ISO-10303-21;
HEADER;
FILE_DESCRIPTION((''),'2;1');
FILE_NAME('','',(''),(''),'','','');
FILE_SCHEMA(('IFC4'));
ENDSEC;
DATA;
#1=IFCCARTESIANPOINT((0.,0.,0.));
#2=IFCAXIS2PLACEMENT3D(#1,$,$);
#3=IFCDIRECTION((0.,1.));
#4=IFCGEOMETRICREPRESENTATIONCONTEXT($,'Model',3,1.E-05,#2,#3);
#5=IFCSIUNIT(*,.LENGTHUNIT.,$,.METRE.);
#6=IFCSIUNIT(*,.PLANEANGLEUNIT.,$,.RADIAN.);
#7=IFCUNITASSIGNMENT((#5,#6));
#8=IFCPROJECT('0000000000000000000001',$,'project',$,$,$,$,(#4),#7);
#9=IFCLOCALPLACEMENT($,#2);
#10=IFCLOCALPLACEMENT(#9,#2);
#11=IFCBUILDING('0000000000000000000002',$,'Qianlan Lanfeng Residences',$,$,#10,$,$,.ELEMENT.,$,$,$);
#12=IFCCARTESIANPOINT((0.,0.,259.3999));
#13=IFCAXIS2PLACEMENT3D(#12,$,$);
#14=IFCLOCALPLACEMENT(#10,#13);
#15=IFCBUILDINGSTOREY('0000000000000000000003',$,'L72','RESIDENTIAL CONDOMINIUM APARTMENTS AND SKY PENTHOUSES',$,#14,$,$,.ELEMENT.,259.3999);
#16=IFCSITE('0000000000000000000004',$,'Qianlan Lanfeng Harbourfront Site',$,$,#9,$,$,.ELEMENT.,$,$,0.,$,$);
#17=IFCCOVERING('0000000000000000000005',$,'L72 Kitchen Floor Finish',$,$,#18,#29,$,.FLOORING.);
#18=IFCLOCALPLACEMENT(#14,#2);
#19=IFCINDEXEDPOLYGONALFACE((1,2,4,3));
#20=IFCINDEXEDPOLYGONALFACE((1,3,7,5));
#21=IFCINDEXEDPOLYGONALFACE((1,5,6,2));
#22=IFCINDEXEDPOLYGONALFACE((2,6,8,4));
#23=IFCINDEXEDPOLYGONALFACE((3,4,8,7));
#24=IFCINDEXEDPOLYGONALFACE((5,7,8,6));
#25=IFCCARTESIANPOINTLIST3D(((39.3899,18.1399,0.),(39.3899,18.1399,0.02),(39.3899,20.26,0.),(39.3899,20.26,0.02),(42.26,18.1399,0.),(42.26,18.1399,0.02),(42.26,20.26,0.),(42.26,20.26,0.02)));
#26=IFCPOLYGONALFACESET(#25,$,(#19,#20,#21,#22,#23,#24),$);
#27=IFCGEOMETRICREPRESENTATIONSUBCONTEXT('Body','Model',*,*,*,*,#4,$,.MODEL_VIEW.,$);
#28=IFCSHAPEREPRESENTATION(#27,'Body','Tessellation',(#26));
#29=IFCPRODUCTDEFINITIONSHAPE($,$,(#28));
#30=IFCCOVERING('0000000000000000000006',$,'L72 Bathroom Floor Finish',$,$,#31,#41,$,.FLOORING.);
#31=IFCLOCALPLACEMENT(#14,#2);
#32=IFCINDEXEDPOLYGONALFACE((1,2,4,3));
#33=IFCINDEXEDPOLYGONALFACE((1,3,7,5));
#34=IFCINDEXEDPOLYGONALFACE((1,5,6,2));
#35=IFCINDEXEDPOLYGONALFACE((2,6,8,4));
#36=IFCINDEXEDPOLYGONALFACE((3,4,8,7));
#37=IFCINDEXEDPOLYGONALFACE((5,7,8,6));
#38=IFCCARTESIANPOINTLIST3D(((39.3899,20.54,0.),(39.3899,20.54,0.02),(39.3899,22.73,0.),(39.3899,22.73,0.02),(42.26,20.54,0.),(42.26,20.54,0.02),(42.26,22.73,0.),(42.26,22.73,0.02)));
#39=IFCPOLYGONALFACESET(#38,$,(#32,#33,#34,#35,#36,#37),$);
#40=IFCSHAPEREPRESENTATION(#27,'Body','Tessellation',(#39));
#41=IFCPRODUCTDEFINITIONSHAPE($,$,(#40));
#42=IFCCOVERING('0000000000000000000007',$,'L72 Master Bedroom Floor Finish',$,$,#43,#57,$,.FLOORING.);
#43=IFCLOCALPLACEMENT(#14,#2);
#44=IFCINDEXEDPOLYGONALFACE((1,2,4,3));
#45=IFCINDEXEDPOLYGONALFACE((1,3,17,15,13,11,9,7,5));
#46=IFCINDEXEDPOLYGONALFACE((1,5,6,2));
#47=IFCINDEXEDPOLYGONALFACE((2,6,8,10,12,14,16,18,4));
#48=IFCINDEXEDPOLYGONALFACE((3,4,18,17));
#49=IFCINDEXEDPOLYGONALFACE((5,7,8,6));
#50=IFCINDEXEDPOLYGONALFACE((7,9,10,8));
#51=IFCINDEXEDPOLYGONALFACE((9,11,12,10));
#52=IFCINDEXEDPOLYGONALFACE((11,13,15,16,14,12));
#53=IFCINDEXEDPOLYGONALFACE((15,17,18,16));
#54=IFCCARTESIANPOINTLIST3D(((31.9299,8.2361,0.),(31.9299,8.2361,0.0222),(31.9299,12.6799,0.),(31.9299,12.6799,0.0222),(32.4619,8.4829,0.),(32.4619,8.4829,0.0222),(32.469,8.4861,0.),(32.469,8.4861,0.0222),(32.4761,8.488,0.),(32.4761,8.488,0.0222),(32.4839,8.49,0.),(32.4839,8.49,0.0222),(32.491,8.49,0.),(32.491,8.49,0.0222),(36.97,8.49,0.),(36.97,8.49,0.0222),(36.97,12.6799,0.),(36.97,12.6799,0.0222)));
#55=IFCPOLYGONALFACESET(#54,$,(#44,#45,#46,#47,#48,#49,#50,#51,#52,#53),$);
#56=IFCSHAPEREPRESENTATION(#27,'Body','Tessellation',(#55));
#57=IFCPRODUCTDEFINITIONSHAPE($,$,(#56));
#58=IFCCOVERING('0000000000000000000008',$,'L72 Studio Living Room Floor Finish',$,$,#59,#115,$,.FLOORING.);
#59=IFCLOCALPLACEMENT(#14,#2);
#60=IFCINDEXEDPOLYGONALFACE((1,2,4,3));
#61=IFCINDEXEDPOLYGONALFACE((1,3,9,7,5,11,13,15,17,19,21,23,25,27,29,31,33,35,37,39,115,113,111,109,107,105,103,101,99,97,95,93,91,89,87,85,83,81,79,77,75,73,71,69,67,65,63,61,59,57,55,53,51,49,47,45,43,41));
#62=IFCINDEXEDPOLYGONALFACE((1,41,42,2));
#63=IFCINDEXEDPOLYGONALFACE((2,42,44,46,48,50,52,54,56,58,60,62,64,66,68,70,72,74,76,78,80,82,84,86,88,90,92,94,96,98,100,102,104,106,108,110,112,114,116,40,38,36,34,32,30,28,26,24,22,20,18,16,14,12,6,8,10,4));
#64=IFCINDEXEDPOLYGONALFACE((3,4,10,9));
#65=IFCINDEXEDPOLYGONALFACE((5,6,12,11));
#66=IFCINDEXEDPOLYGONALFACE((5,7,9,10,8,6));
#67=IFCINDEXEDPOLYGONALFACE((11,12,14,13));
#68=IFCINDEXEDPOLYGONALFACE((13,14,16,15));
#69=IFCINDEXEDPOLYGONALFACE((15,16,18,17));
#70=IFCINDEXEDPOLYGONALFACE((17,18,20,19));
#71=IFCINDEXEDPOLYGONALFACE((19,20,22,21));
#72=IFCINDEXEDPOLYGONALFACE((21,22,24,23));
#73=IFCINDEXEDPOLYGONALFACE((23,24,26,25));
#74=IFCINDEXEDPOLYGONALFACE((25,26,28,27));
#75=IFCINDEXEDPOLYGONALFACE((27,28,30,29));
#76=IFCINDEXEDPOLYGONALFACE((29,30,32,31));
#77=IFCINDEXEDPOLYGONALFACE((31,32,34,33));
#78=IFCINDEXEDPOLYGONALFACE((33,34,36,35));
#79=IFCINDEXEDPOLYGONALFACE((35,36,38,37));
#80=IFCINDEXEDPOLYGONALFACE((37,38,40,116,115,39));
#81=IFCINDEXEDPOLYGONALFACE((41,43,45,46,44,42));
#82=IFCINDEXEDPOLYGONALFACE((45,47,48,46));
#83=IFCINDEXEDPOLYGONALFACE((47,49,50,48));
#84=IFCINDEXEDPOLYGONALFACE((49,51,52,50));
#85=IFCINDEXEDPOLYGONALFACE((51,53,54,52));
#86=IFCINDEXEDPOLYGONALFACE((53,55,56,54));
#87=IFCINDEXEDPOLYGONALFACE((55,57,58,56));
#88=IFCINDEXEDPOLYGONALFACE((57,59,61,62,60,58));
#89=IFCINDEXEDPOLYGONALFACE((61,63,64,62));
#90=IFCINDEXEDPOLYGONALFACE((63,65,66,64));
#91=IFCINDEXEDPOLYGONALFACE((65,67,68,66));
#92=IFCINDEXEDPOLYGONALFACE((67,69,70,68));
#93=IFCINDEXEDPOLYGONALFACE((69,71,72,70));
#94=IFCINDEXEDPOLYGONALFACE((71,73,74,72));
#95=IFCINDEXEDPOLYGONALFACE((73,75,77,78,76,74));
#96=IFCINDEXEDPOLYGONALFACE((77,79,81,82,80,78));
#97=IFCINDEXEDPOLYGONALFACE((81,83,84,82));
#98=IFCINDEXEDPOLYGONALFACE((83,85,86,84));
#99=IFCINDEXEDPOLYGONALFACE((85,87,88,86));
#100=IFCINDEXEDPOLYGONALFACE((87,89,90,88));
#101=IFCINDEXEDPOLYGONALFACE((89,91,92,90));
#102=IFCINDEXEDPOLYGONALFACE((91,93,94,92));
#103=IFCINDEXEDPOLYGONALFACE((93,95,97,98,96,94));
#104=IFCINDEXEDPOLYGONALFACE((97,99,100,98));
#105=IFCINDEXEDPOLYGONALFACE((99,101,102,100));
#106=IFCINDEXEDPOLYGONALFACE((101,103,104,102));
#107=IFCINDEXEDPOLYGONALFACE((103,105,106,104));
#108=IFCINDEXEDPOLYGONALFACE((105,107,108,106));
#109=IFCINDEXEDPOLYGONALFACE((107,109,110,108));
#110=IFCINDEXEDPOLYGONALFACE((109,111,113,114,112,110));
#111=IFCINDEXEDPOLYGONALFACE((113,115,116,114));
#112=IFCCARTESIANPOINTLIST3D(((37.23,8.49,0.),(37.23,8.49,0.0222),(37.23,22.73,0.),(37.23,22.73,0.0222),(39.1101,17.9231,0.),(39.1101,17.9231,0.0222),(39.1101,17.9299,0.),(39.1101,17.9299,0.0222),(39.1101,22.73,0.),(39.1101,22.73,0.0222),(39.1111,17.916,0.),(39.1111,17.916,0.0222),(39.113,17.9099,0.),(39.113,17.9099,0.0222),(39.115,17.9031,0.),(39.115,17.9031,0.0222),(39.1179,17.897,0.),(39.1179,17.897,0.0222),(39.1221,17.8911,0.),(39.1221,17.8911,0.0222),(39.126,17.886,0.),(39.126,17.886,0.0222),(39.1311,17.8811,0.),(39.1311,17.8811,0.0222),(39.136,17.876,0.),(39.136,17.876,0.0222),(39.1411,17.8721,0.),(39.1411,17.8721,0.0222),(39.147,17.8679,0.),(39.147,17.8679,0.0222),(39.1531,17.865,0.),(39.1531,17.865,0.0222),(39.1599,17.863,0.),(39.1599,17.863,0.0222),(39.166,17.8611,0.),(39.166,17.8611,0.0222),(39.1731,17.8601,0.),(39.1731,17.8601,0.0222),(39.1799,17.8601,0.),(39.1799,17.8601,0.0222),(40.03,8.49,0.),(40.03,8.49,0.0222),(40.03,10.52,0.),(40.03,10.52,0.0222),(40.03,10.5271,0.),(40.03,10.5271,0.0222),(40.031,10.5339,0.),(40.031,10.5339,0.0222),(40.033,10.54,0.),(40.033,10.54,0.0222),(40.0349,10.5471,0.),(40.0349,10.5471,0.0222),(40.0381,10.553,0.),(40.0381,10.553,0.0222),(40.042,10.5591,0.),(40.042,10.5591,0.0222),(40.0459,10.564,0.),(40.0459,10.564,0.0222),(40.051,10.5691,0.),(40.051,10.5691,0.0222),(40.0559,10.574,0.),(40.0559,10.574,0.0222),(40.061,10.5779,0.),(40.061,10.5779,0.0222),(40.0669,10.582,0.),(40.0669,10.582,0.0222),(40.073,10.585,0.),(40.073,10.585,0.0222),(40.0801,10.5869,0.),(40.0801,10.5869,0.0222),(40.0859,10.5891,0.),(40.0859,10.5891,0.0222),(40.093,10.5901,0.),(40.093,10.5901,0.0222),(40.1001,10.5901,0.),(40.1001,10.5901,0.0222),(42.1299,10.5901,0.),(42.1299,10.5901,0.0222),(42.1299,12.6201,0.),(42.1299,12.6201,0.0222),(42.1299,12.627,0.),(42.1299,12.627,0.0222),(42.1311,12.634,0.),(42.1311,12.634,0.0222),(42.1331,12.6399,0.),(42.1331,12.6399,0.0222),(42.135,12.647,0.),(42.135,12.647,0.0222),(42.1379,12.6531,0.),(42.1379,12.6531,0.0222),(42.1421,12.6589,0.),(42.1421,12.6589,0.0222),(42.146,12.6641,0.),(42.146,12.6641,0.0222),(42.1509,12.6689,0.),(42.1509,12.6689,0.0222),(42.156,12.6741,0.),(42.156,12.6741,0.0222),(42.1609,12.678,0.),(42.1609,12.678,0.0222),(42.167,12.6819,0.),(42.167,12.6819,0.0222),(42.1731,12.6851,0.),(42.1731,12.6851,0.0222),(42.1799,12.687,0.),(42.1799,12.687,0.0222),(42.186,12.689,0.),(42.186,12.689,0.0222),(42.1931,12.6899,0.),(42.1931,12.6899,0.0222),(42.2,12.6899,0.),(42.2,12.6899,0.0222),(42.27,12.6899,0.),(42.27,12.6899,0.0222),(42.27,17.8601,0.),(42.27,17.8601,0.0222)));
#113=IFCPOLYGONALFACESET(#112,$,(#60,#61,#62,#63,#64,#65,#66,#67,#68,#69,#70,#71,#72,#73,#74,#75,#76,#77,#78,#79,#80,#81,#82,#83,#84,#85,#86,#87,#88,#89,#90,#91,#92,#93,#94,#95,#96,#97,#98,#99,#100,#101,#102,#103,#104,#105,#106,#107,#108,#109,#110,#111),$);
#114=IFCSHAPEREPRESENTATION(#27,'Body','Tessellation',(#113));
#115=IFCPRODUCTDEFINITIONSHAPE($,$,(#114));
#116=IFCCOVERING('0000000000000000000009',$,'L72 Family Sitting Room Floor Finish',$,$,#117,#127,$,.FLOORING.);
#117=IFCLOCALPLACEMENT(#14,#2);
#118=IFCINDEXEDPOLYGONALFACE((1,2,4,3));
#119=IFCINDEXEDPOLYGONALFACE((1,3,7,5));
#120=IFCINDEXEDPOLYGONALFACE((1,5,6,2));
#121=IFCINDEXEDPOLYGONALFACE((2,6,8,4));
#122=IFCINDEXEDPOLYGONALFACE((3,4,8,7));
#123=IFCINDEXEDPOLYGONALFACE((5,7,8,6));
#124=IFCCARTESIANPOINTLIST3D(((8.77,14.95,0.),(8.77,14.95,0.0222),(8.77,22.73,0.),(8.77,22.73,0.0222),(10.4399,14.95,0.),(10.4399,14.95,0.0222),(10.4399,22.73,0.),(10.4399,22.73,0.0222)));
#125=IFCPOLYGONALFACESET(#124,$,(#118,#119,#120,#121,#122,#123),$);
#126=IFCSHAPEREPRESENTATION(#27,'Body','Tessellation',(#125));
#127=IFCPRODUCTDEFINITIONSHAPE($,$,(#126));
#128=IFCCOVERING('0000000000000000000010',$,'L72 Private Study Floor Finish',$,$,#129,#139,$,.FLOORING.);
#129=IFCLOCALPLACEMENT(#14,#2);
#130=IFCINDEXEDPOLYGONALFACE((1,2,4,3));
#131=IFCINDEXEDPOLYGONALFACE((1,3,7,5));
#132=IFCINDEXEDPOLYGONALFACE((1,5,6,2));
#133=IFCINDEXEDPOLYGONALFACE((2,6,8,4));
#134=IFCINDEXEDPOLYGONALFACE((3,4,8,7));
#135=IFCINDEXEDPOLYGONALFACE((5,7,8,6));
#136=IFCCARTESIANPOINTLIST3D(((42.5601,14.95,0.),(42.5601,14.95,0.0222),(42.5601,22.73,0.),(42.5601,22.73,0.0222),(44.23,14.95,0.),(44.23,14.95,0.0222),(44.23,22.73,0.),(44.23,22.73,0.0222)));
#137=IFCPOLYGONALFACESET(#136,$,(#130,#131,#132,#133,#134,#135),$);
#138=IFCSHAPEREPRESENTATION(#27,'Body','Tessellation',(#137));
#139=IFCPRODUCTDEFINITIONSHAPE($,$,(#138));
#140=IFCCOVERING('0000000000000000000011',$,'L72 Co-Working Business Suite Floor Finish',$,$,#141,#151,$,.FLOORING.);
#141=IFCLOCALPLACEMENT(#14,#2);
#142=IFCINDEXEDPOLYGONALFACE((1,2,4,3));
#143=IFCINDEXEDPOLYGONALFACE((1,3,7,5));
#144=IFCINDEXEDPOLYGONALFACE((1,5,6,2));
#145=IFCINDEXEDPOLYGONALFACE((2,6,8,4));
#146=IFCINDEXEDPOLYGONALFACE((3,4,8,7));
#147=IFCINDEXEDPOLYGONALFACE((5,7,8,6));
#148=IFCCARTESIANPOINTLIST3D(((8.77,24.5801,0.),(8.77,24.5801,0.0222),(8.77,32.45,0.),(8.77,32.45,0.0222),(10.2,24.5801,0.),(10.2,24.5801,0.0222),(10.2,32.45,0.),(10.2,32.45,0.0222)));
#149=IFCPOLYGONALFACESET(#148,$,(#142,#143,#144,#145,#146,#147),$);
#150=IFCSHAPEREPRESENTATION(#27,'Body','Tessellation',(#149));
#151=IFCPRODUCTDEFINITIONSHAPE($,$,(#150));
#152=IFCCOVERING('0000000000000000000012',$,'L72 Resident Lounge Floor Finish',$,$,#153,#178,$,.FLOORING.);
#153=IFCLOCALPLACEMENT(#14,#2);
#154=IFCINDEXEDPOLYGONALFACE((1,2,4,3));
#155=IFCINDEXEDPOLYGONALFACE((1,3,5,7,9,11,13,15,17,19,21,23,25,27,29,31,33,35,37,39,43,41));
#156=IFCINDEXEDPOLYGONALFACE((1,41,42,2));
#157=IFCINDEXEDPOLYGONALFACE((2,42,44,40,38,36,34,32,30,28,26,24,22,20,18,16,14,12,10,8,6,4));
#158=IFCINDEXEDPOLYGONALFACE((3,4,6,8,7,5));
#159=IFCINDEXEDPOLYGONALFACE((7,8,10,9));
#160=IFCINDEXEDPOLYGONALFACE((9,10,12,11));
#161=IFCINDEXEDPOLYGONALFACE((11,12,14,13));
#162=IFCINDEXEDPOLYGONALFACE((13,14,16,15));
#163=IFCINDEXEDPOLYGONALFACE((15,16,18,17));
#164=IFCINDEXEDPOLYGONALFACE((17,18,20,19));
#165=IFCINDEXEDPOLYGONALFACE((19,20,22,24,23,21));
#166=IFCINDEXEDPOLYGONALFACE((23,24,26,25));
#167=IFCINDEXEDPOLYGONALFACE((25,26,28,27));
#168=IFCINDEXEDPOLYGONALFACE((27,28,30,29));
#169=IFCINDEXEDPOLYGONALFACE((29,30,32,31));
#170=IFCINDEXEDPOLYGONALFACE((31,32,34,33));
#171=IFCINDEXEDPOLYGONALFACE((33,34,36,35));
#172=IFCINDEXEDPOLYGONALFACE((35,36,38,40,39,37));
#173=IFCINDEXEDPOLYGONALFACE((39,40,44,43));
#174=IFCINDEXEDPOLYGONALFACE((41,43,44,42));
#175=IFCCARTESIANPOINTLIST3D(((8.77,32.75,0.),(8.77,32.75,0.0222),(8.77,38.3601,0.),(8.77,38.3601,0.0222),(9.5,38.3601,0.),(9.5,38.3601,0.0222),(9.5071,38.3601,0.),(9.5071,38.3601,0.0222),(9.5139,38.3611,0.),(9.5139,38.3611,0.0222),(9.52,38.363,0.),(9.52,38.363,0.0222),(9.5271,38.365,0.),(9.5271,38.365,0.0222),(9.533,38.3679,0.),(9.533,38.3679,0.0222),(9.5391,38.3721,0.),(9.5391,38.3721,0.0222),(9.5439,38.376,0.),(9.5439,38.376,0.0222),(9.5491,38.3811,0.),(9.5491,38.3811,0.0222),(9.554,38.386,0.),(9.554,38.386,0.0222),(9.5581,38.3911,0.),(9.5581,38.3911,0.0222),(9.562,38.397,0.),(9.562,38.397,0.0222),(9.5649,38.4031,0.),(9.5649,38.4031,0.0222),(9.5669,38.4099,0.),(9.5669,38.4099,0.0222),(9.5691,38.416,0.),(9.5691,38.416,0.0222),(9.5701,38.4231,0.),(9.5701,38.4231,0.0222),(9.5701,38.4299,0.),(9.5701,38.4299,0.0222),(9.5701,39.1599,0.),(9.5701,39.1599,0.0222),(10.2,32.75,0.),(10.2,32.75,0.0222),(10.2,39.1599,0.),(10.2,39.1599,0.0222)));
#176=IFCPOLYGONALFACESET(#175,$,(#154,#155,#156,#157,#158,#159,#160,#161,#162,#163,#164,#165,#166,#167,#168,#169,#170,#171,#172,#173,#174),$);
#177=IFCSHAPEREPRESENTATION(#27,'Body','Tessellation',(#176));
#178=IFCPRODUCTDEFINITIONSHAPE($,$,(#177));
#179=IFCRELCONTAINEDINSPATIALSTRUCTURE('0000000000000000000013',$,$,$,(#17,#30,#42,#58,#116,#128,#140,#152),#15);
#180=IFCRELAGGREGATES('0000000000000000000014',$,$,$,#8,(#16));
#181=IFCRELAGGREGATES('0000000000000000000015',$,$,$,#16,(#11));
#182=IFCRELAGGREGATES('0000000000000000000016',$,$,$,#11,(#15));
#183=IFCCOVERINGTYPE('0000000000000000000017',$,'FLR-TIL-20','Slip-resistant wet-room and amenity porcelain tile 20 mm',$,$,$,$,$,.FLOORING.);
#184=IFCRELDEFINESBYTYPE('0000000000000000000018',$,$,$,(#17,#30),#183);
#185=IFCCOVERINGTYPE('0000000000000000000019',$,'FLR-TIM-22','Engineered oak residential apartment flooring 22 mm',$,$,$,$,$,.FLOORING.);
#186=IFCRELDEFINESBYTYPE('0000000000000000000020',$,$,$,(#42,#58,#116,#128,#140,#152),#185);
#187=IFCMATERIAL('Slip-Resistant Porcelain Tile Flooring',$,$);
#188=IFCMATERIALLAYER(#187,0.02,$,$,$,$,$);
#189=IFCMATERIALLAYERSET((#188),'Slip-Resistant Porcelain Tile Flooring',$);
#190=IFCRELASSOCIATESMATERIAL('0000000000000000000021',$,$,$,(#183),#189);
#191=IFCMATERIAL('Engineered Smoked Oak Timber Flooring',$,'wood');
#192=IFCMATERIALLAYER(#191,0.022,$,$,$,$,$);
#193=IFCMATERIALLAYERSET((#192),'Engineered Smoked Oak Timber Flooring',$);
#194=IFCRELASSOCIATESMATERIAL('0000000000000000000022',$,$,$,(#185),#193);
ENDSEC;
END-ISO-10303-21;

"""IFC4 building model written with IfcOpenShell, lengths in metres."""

from ifc_helpers import new_model, si_unit, direction, frame, origin, place, context, subcontext, project, spatial, polyline, outline, extrude, material, layer, layer_set, type_object, element, save


model = new_model("IFC4")

# Units and contexts
model_context = context("Model", 3, precision=1e-05, world=origin(), true_north=direction((0.0, 1.0)))
body_context = subcontext(model_context, "Body", "Model", "MODEL_VIEW")
ifc_project = project(units=[si_unit("LENGTHUNIT", "METRE"), si_unit("PLANEANGLEUNIT", "RADIAN")], contexts=[model_context])

# Site, building, storey
site_placement = place(None, origin())
site = spatial("IfcSite", under=ifc_project, at=site_placement, Name="Qianlan Lanfeng Harbourfront Site", CompositionType="ELEMENT", RefElevation=0.0)
building_placement = place(site_placement, origin())
building = spatial("IfcBuilding", under=site, at=building_placement, Name="Qianlan Lanfeng Residences", CompositionType="ELEMENT")
storey_placement = place(building_placement, frame((0.0, 0.0, 259.3999)))
storey = spatial("IfcBuildingStorey", under=building, at=storey_placement, Name="L72", Description="RESIDENTIAL CONDOMINIUM APARTMENTS AND SKY PENTHOUSES", CompositionType="ELEMENT", Elevation=259.3999)

# Coverings
ifc_material_1 = material(Name="Slip-Resistant Porcelain Tile Flooring")
ifc_layer_1 = layer(ifc_material_1, 0.02)
ifc_layer_set_1 = layer_set([ifc_layer_1], Name="Slip-Resistant Porcelain Tile Flooring")
covering_type_1 = type_object("IfcCoveringType", Name="FLR-TIL-20", Description="Slip-resistant wet-room and amenity porcelain tile 20 mm", PredefinedType="FLOORING", material=ifc_layer_set_1)
covering_1_placement = place(storey_placement, origin())
element("IfcCovering", 1, at=covering_1_placement, inside=storey, type_object=covering_type_1, Name="L72 Kitchen Floor Finish", PredefinedType="FLOORING", context=body_context, shape_type="SweptSolid", body=[
    extrude(outline(polyline([(39.3899, 18.1399), (42.26, 18.1399), (42.26, 20.26), (39.3899, 20.26), (39.3899, 18.1399)])), origin(), (0.0, 0.0, 1.0), 0.02),
])
covering_2_placement = place(storey_placement, origin())
element("IfcCovering", 2, at=covering_2_placement, inside=storey, type_object=covering_type_1, Name="L72 Bathroom Floor Finish", PredefinedType="FLOORING", context=body_context, shape_type="SweptSolid", body=[
    extrude(outline(polyline([(39.3899, 20.54), (42.26, 20.54), (42.26, 22.73), (39.3899, 22.73), (39.3899, 20.54)])), origin(), (0.0, 0.0, 1.0), 0.02),
])
ifc_material_2 = material(Name="Engineered Smoked Oak Timber Flooring", Category="wood")
ifc_layer_2 = layer(ifc_material_2, 0.022)
ifc_layer_set_2 = layer_set([ifc_layer_2], Name="Engineered Smoked Oak Timber Flooring")
covering_type_2 = type_object("IfcCoveringType", Name="FLR-TIM-22", Description="Engineered oak residential apartment flooring 22 mm", PredefinedType="FLOORING", material=ifc_layer_set_2)
covering_3_placement = place(storey_placement, origin())
element("IfcCovering", 3, at=covering_3_placement, inside=storey, type_object=covering_type_2, Name="L72 Master Bedroom Floor Finish", PredefinedType="FLOORING", context=body_context, shape_type="SweptSolid", body=[
    extrude(outline(polyline([(31.9299, 12.6799), (31.9299, 8.2361), (32.4619, 8.4829), (32.469, 8.4861), (32.4761, 8.488), (32.4839, 8.49), (32.491, 8.49), (36.97, 8.49), (36.97, 12.6799), (31.9299, 12.6799)])), origin(), (0.0, 0.0, 1.0), 0.0222),
])
covering_4_placement = place(storey_placement, origin())
element("IfcCovering", 4, at=covering_4_placement, inside=storey, type_object=covering_type_2, Name="L72 Studio Living Room Floor Finish", PredefinedType="FLOORING", context=body_context, shape_type="SweptSolid", body=[
    extrude(outline(polyline([(42.27, 12.6899), (42.27, 17.8601), (39.1799, 17.8601), (39.1731, 17.8601), (39.166, 17.8611), (39.1599, 17.863), (39.1531, 17.865), (39.147, 17.8679), (39.1411, 17.8721), (39.136, 17.876), (39.1311, 17.8811), (39.126, 17.886), (39.1221, 17.8911), (39.1179, 17.897), (39.115, 17.9031), (39.113, 17.9099), (39.1111, 17.916), (39.1101, 17.9231), (39.1101, 17.9299), (39.1101, 22.73), (37.23, 22.73), (37.23, 8.49), (40.03, 8.49), (40.03, 10.52), (40.03, 10.5271), (40.031, 10.5339), (40.033, 10.54), (40.0349, 10.5471), (40.0381, 10.553), (40.042, 10.5591), (40.0459, 10.564), (40.051, 10.5691), (40.0559, 10.574), (40.061, 10.5779), (40.0669, 10.582), (40.073, 10.585), (40.0801, 10.5869), (40.0859, 10.5891), (40.093, 10.5901), (40.1001, 10.5901), (42.1299, 10.5901), (42.1299, 12.6201), (42.1299, 12.627), (42.1311, 12.634), (42.1331, 12.6399), (42.135, 12.647), (42.1379, 12.6531), (42.1421, 12.6589), (42.146, 12.6641), (42.1509, 12.6689), (42.156, 12.6741), (42.1609, 12.678), (42.167, 12.6819), (42.1731, 12.6851), (42.1799, 12.687), (42.186, 12.689), (42.1931, 12.6899), (42.2, 12.6899), (42.27, 12.6899)])), origin(), (0.0, 0.0, 1.0), 0.0222),
])
covering_5_placement = place(storey_placement, origin())
element("IfcCovering", 5, at=covering_5_placement, inside=storey, type_object=covering_type_2, Name="L72 Family Sitting Room Floor Finish", PredefinedType="FLOORING", context=body_context, shape_type="SweptSolid", body=[
    extrude(outline(polyline([(10.4399, 22.73), (8.77, 22.73), (8.77, 14.95), (10.4399, 14.95), (10.4399, 22.73)])), origin(), (0.0, 0.0, 1.0), 0.0222),
])
covering_6_placement = place(storey_placement, origin())
element("IfcCovering", 6, at=covering_6_placement, inside=storey, type_object=covering_type_2, Name="L72 Private Study Floor Finish", PredefinedType="FLOORING", context=body_context, shape_type="SweptSolid", body=[
    extrude(outline(polyline([(44.23, 22.73), (42.5601, 22.73), (42.5601, 14.95), (44.23, 14.95), (44.23, 22.73)])), origin(), (0.0, 0.0, 1.0), 0.0222),
])
covering_7_placement = place(storey_placement, origin())
element("IfcCovering", 7, at=covering_7_placement, inside=storey, type_object=covering_type_2, Name="L72 Co-Working Business Suite Floor Finish", PredefinedType="FLOORING", context=body_context, shape_type="SweptSolid", body=[
    extrude(outline(polyline([(10.2, 32.45), (8.77, 32.45), (8.77, 24.5801), (10.2, 24.5801), (10.2, 32.45)])), origin(), (0.0, 0.0, 1.0), 0.0222),
])
covering_8_placement = place(storey_placement, origin())
element("IfcCovering", 8, at=covering_8_placement, inside=storey, type_object=covering_type_2, Name="L72 Resident Lounge Floor Finish", PredefinedType="FLOORING", context=body_context, shape_type="SweptSolid", body=[
    extrude(outline(polyline([(8.77, 32.75), (10.2, 32.75), (10.2, 39.1599), (9.5701, 39.1599), (9.5701, 38.4299), (9.5701, 38.4231), (9.5691, 38.416), (9.5669, 38.4099), (9.5649, 38.4031), (9.562, 38.397), (9.5581, 38.3911), (9.554, 38.386), (9.5491, 38.3811), (9.5439, 38.376), (9.5391, 38.3721), (9.533, 38.3679), (9.5271, 38.365), (9.52, 38.363), (9.5139, 38.3611), (9.5071, 38.3601), (9.5, 38.3601), (8.77, 38.3601), (8.77, 32.75)])), origin(), (0.0, 0.0, 1.0), 0.0222),
])

save(model, "model.ifc")
